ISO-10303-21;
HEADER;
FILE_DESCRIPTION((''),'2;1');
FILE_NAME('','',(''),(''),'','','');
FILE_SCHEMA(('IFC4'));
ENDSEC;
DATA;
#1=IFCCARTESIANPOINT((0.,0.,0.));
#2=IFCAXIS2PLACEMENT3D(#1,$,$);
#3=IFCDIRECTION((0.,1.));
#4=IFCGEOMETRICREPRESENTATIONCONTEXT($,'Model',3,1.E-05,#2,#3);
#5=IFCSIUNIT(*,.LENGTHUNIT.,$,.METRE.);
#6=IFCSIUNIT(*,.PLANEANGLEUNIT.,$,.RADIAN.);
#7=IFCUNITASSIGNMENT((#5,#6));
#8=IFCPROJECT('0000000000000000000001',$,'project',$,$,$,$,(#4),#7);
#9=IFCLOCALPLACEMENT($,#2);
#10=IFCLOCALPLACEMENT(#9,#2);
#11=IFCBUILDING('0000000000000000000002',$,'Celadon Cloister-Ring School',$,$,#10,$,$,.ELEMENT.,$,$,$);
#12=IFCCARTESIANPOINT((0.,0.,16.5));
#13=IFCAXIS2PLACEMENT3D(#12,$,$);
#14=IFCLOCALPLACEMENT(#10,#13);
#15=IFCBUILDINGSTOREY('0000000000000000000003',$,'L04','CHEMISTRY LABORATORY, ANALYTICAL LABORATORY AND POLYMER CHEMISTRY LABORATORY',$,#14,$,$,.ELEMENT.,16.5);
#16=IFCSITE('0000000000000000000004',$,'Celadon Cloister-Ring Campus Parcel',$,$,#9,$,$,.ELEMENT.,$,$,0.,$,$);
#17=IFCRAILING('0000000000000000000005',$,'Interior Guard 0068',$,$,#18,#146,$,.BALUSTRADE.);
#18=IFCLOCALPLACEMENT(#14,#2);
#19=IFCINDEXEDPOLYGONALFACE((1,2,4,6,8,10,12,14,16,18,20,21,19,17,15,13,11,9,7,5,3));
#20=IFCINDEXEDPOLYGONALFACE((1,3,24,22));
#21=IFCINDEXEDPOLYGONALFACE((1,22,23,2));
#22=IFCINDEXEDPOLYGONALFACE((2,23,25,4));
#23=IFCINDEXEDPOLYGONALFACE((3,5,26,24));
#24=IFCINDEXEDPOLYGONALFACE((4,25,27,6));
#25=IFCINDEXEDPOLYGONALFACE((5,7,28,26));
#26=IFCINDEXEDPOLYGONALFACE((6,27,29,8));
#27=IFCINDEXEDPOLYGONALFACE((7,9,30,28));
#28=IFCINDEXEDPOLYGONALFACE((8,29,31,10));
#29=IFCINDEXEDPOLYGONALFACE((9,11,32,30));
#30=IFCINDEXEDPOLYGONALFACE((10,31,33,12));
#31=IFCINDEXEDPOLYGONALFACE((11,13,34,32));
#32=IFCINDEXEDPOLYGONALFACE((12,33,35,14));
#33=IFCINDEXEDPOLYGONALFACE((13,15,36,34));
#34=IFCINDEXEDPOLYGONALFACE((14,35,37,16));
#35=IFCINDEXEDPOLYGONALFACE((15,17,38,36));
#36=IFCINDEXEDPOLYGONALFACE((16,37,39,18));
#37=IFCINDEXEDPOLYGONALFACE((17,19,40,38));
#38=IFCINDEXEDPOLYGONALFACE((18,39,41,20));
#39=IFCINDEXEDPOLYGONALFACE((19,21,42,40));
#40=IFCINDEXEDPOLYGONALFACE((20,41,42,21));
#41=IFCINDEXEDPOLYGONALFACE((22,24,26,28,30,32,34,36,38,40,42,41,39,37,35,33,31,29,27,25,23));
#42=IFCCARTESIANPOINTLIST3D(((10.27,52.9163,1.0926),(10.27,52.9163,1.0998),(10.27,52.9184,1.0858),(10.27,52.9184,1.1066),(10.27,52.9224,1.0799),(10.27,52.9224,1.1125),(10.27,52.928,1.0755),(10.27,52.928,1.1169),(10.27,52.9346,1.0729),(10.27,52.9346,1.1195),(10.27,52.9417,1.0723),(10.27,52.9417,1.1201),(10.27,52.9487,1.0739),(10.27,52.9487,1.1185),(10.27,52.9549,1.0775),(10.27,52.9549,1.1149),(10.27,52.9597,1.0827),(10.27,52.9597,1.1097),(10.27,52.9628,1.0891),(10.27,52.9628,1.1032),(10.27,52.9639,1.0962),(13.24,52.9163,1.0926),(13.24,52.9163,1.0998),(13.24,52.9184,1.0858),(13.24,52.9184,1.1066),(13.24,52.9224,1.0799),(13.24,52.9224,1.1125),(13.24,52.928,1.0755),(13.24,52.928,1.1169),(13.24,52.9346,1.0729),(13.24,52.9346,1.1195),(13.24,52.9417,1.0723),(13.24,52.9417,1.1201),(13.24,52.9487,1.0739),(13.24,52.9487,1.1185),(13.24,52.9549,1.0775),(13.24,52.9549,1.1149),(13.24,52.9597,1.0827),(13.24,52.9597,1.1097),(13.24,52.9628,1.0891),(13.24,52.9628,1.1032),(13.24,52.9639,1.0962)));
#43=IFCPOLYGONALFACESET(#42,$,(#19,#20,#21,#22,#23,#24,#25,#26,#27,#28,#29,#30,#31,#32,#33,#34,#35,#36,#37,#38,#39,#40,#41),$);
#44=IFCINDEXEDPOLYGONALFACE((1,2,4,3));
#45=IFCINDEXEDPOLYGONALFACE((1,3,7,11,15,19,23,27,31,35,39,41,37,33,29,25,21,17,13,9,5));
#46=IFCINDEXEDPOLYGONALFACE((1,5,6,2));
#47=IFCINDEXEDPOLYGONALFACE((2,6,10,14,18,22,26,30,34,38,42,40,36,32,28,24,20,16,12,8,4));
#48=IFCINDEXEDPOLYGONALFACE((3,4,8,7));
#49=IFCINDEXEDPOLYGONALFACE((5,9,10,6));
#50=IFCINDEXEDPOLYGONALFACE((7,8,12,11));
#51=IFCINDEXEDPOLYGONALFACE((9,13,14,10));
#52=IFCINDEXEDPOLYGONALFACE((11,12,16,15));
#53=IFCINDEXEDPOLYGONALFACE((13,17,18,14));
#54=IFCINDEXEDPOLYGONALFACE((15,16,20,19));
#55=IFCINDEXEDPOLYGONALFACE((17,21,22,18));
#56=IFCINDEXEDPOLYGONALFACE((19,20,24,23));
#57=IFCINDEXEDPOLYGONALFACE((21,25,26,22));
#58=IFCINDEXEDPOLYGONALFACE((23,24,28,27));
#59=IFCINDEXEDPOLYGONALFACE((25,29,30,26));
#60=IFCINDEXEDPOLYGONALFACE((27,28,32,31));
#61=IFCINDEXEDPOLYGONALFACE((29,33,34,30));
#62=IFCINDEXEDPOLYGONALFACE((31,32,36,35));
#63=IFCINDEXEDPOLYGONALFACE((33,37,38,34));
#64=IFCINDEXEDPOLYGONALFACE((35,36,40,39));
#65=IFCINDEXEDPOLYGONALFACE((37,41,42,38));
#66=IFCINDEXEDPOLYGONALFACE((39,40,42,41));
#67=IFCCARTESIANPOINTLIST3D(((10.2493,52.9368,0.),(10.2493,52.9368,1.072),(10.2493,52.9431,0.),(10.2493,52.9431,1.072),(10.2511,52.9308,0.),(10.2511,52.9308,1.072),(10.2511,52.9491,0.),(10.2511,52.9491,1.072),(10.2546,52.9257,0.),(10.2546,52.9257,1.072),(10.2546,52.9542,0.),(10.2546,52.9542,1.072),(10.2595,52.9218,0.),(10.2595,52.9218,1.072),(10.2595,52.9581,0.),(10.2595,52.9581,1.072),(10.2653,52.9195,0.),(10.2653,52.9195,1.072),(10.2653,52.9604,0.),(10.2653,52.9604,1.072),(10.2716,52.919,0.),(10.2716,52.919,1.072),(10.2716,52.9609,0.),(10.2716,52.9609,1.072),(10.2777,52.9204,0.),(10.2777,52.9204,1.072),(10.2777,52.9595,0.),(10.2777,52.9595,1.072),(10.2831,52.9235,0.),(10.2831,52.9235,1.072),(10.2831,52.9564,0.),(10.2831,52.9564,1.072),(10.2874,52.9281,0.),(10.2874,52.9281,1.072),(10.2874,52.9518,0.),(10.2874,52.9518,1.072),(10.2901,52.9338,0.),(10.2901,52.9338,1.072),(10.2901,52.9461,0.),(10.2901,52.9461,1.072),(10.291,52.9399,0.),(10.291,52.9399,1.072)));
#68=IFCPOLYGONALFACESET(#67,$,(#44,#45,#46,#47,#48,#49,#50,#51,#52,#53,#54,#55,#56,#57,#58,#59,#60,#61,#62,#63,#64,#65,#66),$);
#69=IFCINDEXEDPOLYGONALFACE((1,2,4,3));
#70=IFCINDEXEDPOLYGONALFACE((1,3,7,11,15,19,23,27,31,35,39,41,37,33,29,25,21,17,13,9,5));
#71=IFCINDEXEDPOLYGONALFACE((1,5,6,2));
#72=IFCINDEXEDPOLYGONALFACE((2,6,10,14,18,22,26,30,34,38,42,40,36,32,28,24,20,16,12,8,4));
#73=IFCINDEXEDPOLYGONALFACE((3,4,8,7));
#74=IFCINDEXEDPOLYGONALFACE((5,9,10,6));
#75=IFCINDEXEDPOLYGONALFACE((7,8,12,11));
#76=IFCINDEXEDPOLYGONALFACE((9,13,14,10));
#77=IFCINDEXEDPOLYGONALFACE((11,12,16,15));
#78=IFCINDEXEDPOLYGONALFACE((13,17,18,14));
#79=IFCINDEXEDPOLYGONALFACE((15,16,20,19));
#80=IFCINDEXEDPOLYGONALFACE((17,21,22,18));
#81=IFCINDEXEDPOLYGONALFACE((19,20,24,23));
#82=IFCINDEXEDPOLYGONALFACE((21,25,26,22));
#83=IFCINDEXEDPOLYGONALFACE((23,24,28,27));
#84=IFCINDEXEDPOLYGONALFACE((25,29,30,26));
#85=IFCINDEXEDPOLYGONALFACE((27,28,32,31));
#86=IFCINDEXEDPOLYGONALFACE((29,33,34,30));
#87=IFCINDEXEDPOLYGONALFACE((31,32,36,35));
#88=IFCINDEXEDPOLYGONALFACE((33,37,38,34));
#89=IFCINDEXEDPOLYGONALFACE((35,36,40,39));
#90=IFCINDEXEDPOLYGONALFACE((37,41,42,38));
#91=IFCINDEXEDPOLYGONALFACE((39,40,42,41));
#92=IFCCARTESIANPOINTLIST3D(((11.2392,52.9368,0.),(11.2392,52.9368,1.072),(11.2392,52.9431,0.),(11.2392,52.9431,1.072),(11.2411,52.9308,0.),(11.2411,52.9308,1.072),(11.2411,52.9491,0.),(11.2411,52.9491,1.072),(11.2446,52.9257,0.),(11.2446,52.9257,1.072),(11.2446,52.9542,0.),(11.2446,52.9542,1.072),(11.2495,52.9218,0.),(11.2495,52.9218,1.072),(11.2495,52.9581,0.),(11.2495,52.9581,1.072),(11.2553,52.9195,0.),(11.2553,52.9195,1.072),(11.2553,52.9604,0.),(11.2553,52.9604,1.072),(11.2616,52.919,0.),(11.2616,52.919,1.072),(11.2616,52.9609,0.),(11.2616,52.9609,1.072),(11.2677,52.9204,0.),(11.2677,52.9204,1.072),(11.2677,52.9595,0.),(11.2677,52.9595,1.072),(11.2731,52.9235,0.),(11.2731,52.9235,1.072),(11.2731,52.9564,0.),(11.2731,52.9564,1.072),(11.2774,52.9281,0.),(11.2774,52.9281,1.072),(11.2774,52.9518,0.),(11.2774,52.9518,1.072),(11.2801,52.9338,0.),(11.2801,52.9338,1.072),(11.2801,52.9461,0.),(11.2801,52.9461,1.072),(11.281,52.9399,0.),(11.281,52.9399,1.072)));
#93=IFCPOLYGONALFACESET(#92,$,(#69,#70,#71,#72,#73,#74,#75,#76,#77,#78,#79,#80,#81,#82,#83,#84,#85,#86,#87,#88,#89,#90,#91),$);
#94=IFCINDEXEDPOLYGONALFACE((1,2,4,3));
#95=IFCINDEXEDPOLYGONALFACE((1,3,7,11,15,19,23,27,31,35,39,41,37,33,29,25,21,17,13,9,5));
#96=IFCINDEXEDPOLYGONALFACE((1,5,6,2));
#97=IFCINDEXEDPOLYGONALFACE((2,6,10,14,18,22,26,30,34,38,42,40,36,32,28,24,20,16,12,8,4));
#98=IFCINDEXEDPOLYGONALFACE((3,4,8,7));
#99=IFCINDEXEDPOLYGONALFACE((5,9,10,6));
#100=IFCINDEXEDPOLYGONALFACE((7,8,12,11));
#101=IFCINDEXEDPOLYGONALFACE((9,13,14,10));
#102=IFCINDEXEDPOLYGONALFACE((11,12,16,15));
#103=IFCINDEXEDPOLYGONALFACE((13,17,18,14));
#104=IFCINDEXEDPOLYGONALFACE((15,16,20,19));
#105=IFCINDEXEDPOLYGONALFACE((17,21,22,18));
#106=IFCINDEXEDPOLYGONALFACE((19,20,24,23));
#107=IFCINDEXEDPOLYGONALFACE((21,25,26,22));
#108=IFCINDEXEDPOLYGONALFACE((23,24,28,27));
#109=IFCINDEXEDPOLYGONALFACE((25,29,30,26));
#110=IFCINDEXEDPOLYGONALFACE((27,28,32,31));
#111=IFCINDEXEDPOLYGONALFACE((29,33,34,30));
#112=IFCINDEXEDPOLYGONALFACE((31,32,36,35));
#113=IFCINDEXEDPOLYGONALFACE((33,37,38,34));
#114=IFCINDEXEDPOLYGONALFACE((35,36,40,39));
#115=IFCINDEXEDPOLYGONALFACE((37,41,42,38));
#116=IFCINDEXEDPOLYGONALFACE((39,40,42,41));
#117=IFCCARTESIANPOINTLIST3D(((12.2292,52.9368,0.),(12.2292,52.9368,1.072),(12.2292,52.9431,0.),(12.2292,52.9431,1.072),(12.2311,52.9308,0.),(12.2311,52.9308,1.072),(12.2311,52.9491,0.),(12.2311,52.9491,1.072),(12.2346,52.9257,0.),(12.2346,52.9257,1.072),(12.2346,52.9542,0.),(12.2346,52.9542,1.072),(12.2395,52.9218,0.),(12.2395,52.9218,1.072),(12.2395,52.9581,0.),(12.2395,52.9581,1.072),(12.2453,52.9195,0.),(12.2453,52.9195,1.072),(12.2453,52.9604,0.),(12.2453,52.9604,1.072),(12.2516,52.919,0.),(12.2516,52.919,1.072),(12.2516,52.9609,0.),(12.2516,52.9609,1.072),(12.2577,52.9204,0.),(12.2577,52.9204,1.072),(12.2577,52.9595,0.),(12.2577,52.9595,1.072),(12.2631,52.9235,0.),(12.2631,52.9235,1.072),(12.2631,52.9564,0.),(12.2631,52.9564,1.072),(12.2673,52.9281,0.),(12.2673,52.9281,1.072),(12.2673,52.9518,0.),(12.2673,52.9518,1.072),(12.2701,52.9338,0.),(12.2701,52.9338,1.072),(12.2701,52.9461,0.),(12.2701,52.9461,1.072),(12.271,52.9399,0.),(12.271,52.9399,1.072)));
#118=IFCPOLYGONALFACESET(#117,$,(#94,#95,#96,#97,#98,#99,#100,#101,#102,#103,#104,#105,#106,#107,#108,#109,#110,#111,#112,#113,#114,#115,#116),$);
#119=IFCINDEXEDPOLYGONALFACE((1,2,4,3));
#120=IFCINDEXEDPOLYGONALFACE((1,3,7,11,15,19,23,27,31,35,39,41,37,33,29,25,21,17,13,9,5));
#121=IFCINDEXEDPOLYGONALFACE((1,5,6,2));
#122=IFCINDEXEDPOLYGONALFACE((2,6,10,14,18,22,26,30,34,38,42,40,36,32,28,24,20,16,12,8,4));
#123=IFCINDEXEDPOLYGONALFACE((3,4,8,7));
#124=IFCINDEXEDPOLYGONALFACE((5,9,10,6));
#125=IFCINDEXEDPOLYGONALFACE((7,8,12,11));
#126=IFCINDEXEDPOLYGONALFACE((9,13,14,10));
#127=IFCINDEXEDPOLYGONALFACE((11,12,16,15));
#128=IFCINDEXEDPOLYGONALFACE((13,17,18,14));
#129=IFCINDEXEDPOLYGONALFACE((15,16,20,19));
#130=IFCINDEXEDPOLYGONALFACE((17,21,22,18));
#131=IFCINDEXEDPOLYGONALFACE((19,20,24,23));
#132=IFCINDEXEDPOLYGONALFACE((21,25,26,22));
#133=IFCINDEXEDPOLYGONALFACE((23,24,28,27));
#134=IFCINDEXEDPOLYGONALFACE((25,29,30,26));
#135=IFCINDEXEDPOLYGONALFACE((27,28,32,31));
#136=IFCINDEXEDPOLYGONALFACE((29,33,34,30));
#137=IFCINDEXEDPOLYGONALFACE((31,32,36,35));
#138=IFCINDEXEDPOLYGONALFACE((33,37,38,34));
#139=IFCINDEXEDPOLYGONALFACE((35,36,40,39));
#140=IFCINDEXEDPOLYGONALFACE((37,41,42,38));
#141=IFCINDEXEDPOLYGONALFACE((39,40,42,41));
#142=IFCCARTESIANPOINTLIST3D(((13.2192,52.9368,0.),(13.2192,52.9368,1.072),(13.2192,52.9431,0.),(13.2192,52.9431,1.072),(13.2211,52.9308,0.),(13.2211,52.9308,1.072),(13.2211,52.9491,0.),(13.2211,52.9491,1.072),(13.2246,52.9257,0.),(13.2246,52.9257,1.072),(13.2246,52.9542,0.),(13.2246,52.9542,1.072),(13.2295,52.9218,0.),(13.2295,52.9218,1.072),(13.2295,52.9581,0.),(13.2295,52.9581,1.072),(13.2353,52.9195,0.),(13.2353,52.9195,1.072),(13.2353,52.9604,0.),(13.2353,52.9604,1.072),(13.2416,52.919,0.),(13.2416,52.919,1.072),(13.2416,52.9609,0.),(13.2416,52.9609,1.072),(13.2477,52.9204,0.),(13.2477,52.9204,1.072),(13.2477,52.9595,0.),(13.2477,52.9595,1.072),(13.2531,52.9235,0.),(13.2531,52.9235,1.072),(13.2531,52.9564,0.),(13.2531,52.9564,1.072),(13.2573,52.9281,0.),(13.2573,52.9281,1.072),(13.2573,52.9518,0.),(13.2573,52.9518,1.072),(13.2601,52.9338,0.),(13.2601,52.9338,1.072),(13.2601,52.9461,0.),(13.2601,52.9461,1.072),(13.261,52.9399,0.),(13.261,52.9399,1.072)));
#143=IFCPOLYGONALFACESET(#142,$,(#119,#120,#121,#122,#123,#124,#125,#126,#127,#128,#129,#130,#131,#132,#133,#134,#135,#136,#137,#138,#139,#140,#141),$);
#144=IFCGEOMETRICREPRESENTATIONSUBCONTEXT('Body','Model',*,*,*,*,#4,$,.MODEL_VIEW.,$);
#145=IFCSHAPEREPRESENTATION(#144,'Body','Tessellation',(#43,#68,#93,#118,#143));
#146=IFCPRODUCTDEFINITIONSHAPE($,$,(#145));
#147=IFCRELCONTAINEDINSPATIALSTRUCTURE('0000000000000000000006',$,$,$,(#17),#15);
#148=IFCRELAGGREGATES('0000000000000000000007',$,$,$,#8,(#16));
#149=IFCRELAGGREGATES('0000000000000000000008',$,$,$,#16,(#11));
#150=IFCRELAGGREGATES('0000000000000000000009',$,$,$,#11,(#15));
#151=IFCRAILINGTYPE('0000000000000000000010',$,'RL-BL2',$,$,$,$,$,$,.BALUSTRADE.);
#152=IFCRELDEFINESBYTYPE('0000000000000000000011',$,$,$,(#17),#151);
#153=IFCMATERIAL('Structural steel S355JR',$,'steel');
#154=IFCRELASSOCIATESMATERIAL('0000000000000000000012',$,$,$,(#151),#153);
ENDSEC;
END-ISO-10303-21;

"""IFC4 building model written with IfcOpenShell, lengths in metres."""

from ifc_helpers import new_model, si_unit, direction, frame, origin, origin_2d, place, context, subcontext, project, spatial, circle, extrude, material, type_object, element, save


model = new_model("IFC4")

# Units and contexts
model_context = context("Model", 3, precision=1e-05, world=origin(), true_north=direction((0.0, 1.0)))
body_context = subcontext(model_context, "Body", "Model", "MODEL_VIEW")
ifc_project = project(units=[si_unit("LENGTHUNIT", "METRE"), si_unit("PLANEANGLEUNIT", "RADIAN")], contexts=[model_context])

# Site, building, storey
site_placement = place(None, origin())
site = spatial("IfcSite", under=ifc_project, at=site_placement, Name="Celadon Cloister-Ring Campus Parcel", CompositionType="ELEMENT", RefElevation=0.0)
building_placement = place(site_placement, origin())
building = spatial("IfcBuilding", under=site, at=building_placement, Name="Celadon Cloister-Ring School", CompositionType="ELEMENT")
storey_placement = place(building_placement, frame((0.0, 0.0, 16.5)))
storey = spatial("IfcBuildingStorey", under=building, at=storey_placement, Name="L04", Description="CHEMISTRY LABORATORY, ANALYTICAL LABORATORY AND POLYMER CHEMISTRY LABORATORY", CompositionType="ELEMENT", Elevation=16.5)

# Railing
ifc_material_1 = material(Name="Structural steel S355JR", Category="steel")
railing_type_1 = type_object("IfcRailingType", Name="RL-BL2", PredefinedType="BALUSTRADE", material=ifc_material_1)
railing_1_placement = place(storey_placement, frame((10.27, 52.9399, 0.0)))
element("IfcRailing", 1, at=railing_1_placement, inside=storey, type_object=railing_type_1, Name="Interior Guard 0068", PredefinedType="BALUSTRADE", context=body_context, shape_type="SweptSolid", body=[
    extrude(circle(Radius=0.0239, at=origin_2d()), frame((0.0, 0.0, 1.0962), z_axis=(1.0, 0.0, 0.0), x_axis=(0.0, 1.0, 0.0)), (0.0, 0.0, 1.0), 2.97),
    extrude(circle(Radius=0.021, at=origin_2d()), origin(), (0.0, 0.0, 1.0), 1.072),
    extrude(circle(Radius=0.021, at=origin_2d()), frame((0.99, 0.0, 0.0)), (0.0, 0.0, 1.0), 1.072),
    extrude(circle(Radius=0.021, at=origin_2d()), frame((1.98, 0.0, 0.0)), (0.0, 0.0, 1.0), 1.072),
    extrude(circle(Radius=0.021, at=origin_2d()), frame((2.97, 0.0, 0.0)), (0.0, 0.0, 1.0), 1.072),
])

save(model, "model.ifc")
